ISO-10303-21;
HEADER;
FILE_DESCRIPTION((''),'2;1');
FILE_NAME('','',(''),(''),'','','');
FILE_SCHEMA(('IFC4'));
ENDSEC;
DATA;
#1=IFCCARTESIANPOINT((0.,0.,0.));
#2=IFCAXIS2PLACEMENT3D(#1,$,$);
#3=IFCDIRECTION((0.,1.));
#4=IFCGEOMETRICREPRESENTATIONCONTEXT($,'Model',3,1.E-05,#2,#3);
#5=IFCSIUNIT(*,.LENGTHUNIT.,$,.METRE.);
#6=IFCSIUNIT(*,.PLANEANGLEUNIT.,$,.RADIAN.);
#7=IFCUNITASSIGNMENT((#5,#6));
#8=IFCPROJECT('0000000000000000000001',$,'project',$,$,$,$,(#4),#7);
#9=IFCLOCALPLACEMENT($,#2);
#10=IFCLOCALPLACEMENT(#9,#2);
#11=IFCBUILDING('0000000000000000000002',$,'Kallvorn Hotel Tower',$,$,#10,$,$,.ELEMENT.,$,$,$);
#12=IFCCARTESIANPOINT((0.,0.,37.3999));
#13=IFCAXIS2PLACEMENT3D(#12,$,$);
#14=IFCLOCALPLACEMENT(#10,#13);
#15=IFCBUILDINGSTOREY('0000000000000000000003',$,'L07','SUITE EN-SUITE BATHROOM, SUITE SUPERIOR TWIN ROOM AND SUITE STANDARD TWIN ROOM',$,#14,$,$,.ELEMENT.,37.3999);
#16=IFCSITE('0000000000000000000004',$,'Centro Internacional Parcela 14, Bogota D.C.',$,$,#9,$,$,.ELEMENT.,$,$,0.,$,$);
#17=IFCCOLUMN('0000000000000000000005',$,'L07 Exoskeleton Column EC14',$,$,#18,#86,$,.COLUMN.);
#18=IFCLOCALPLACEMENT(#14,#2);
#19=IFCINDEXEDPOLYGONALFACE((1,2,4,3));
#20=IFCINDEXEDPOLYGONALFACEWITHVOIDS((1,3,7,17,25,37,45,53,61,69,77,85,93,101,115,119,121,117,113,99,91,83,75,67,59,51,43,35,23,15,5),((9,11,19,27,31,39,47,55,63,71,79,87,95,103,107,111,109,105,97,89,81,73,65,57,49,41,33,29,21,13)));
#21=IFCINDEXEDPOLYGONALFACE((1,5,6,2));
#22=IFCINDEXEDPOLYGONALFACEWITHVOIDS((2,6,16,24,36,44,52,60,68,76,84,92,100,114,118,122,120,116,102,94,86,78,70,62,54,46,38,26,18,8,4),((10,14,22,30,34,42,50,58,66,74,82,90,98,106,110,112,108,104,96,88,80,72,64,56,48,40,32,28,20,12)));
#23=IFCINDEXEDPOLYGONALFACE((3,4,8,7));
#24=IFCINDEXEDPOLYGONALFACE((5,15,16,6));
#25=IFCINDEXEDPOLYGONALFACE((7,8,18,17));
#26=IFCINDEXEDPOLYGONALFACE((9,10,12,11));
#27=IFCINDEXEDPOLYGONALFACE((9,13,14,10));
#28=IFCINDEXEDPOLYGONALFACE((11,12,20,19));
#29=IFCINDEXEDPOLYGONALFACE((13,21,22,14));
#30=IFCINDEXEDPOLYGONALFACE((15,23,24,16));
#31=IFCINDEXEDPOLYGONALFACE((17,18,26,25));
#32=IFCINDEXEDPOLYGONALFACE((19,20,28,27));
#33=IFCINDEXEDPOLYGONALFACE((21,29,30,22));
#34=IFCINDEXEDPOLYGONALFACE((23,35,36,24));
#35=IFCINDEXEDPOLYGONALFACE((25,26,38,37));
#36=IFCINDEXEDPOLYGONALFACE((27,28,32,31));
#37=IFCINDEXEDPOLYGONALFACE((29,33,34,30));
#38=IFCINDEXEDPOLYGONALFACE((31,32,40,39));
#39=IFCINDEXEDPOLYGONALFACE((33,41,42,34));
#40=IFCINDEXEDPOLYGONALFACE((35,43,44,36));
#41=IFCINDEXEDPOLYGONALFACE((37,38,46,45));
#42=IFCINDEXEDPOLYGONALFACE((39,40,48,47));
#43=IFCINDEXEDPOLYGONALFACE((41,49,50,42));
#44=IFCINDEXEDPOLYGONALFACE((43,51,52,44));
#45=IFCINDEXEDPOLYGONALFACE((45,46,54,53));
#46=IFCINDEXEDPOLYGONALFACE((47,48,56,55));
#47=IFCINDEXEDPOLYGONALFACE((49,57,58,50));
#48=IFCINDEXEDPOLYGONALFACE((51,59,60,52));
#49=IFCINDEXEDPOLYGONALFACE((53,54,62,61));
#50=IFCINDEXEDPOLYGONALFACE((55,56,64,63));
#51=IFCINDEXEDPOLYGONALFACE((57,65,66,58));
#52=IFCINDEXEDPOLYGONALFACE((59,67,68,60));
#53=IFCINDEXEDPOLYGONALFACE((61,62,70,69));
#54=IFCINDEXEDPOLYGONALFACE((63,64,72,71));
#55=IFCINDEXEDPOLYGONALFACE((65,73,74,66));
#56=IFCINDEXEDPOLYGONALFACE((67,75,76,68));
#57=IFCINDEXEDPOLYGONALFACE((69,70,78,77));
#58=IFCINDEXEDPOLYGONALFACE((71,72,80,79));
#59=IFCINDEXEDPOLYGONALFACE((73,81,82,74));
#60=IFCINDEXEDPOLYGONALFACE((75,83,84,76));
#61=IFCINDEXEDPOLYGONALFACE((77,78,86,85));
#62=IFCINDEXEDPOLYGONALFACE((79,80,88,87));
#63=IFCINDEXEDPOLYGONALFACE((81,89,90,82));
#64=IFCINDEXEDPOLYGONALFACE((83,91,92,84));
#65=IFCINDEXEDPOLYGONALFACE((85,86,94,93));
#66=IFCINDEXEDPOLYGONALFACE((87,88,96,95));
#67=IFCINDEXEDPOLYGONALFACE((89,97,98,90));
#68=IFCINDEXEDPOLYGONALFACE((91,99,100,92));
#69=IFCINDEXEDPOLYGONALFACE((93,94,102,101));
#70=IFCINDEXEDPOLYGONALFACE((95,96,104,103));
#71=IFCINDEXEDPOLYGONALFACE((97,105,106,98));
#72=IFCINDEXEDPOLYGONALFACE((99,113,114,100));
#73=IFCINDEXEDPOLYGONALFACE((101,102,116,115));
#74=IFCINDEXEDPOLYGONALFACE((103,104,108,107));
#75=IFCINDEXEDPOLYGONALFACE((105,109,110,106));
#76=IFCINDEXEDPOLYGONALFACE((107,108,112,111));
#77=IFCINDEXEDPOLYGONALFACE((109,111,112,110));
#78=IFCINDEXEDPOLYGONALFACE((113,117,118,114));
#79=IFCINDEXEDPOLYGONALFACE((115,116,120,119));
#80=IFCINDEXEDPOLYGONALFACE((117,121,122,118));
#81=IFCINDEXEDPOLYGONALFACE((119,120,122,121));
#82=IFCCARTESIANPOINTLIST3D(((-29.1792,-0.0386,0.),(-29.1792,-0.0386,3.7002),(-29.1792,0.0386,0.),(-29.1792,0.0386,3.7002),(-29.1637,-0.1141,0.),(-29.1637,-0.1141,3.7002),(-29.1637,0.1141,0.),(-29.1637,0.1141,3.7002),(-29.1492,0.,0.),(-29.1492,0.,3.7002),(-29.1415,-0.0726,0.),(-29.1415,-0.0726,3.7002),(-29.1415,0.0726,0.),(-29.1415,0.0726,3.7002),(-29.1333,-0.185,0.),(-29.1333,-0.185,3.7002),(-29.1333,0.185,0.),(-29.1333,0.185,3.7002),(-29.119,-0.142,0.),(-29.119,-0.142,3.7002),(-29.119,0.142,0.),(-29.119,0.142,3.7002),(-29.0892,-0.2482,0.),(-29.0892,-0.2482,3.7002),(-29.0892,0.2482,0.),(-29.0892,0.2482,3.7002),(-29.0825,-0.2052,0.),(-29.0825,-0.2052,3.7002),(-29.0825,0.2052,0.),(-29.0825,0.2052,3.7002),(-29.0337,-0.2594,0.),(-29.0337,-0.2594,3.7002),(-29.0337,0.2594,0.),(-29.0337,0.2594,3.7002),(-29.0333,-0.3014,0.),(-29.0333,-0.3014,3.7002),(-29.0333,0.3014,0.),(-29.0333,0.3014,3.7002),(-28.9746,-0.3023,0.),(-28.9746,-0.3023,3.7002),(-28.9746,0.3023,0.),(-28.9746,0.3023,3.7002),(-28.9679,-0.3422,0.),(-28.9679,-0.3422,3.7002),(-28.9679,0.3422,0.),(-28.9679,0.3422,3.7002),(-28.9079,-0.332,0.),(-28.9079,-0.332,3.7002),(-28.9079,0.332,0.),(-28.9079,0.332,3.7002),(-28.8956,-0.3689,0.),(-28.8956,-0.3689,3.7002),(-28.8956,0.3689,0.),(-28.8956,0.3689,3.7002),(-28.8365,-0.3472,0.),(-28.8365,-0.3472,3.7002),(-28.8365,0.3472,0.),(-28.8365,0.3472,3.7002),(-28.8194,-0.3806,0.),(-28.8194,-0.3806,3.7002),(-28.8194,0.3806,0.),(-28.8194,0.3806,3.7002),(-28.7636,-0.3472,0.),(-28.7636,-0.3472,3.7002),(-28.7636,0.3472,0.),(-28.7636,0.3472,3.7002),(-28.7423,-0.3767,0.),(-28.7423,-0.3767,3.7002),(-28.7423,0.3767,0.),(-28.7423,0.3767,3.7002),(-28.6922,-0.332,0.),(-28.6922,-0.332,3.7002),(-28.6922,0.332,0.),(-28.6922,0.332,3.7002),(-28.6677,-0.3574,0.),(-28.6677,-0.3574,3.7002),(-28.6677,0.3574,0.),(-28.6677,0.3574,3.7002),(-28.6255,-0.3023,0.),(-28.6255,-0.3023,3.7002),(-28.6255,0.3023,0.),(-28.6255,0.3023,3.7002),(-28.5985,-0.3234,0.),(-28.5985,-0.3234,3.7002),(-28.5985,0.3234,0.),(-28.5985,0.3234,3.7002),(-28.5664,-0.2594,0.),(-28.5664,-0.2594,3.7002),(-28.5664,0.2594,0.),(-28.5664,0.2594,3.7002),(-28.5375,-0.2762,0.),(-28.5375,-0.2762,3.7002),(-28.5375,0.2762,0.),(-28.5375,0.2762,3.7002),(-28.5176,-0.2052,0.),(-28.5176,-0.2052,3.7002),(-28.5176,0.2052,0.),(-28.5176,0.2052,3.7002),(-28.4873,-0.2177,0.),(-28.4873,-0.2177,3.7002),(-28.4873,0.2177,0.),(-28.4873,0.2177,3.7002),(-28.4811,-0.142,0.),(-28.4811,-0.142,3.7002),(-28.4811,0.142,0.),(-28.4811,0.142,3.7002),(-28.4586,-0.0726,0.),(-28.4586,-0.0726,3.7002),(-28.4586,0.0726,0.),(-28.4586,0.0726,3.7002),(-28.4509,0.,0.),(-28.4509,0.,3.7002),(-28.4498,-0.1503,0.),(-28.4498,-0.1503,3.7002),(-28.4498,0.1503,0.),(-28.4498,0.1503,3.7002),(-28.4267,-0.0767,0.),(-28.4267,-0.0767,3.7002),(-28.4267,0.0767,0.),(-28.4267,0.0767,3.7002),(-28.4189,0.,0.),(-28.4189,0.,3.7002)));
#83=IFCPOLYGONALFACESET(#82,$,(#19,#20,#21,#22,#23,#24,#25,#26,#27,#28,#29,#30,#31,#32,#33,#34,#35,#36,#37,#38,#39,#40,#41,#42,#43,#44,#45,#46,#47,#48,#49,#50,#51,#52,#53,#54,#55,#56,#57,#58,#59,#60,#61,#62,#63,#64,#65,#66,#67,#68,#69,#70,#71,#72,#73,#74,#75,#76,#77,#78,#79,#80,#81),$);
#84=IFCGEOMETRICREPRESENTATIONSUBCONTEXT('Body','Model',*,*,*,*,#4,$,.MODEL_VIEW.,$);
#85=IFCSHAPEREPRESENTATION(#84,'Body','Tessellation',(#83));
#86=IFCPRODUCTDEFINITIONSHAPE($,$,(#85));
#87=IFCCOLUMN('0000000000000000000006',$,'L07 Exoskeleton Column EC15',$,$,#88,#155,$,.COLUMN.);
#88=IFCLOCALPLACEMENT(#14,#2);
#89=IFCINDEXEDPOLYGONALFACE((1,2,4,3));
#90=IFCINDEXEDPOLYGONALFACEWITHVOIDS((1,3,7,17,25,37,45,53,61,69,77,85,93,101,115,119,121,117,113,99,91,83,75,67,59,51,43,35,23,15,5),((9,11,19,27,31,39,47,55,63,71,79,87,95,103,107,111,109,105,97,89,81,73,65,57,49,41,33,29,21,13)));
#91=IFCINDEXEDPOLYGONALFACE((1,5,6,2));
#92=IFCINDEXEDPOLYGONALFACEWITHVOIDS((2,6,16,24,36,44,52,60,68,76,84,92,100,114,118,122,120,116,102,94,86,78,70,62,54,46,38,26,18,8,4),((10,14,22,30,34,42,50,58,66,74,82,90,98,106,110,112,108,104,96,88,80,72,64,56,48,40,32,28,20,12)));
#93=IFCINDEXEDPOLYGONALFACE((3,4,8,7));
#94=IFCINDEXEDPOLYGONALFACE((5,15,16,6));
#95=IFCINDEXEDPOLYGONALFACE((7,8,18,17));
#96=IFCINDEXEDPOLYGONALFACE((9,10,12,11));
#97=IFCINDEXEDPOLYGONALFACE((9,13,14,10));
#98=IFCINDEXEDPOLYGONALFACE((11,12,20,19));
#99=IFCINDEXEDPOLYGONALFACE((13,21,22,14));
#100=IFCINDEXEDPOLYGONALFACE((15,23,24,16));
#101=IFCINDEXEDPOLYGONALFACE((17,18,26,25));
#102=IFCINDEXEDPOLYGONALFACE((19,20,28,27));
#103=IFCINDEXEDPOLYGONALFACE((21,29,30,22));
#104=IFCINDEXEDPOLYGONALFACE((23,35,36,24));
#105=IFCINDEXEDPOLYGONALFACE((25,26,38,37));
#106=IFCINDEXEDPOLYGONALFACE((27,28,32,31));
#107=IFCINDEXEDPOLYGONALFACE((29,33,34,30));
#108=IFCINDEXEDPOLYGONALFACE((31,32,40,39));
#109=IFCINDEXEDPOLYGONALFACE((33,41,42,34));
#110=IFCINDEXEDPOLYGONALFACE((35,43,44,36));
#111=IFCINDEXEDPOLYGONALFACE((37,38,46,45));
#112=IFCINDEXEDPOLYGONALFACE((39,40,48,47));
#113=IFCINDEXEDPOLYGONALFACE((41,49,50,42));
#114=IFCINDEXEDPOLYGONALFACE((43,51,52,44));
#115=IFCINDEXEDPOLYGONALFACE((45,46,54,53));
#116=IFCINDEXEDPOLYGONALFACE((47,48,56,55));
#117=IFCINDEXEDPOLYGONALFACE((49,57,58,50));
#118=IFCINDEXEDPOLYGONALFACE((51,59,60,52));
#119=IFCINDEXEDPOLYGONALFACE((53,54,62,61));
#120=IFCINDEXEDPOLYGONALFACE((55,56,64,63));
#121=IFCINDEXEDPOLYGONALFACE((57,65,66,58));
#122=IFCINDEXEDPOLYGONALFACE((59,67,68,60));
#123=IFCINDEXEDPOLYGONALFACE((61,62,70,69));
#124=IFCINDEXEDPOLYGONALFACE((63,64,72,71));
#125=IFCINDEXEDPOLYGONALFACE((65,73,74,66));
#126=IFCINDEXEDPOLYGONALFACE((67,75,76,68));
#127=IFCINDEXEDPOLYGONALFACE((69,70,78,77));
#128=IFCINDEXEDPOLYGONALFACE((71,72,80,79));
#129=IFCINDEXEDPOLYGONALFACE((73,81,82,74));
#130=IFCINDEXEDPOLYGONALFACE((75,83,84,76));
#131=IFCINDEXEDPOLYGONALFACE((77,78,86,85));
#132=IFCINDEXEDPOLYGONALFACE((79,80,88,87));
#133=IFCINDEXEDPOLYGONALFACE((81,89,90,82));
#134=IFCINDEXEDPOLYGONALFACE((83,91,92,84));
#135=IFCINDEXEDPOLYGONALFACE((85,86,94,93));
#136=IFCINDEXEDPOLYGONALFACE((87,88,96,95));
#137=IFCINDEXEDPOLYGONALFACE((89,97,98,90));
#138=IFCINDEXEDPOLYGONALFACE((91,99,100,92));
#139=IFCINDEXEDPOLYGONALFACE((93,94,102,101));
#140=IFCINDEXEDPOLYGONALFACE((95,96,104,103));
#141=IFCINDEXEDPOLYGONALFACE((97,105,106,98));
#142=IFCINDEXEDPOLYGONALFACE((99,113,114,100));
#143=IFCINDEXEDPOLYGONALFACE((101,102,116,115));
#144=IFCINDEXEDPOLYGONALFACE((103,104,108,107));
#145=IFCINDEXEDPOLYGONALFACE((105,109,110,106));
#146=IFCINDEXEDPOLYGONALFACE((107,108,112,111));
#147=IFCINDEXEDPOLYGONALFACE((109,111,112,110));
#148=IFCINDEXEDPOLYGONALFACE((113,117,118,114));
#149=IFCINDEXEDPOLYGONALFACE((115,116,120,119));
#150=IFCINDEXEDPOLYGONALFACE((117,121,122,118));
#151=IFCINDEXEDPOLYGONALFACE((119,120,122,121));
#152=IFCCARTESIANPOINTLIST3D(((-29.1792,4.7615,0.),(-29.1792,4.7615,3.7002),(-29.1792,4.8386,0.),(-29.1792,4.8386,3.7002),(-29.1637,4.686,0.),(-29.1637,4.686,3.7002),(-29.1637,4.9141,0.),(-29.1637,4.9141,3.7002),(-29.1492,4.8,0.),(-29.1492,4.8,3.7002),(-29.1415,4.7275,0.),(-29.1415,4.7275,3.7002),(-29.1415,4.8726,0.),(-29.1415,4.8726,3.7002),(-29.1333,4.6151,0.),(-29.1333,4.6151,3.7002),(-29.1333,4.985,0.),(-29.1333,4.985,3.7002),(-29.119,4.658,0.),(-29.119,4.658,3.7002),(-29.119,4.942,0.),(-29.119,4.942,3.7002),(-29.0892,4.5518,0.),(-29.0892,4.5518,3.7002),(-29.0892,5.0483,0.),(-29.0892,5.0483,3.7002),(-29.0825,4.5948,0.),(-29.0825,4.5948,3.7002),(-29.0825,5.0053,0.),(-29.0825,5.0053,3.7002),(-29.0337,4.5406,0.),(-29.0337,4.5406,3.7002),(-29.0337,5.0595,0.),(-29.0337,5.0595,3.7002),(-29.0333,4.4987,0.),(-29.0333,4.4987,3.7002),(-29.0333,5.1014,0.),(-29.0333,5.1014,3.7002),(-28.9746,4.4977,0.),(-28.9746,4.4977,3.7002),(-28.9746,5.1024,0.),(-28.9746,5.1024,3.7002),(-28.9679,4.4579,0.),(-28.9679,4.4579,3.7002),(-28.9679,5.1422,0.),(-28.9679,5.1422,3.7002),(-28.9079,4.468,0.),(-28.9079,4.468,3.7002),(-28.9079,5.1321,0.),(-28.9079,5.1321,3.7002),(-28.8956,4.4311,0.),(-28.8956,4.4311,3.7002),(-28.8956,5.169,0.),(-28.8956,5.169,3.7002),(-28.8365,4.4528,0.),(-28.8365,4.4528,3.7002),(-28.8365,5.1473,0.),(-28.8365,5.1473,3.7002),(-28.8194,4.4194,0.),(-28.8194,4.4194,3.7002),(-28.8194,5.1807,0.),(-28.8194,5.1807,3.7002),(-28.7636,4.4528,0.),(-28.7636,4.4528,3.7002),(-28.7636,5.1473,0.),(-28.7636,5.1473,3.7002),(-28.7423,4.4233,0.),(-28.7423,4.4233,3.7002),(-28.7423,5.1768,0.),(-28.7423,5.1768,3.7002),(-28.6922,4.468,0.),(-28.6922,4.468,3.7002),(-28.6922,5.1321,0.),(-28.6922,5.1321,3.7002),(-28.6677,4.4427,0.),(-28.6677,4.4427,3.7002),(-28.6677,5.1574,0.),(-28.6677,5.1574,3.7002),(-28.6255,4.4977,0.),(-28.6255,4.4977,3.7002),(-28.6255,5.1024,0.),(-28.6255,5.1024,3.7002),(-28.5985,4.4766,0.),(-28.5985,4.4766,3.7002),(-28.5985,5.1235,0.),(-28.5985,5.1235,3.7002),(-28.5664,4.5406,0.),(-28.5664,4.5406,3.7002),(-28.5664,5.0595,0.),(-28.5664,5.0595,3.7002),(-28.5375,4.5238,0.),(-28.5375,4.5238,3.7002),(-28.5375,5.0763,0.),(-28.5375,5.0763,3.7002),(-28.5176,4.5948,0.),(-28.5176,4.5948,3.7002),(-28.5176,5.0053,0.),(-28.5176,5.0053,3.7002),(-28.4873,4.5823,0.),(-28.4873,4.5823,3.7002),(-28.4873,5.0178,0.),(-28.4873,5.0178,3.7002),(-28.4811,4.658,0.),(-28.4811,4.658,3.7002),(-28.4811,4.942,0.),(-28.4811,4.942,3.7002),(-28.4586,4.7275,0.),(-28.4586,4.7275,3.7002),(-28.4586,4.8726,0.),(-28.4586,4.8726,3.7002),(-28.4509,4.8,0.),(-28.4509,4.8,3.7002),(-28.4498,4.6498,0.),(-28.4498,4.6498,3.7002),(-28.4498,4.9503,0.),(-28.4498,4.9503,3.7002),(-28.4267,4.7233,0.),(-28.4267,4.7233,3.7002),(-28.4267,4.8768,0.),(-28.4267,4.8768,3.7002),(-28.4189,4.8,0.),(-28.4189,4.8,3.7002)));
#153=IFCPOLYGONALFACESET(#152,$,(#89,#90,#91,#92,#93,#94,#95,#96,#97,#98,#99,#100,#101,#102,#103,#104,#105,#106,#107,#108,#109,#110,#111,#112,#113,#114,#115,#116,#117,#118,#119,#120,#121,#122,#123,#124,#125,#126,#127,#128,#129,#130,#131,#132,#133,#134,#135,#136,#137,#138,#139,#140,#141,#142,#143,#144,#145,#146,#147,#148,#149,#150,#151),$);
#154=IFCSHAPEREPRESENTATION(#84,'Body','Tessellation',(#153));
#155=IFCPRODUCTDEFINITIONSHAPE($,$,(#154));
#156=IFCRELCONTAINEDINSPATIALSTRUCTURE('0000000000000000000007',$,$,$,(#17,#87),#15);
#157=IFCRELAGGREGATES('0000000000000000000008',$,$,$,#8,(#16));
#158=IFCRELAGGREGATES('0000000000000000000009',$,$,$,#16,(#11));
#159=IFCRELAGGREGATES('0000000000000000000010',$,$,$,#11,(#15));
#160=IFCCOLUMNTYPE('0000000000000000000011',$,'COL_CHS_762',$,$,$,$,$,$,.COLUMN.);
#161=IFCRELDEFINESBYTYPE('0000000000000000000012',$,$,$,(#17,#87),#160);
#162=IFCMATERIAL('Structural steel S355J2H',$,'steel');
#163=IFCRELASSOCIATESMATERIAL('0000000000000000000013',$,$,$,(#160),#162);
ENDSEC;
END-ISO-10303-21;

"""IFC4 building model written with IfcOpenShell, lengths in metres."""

from ifc_helpers import new_model, si_unit, direction, frame, origin, origin_2d, place, context, subcontext, project, spatial, hollow_circle, extrude, material, material_profile, profile_set, type_object, element, save


model = new_model("IFC4")

# Units and contexts
model_context = context("Model", 3, precision=1e-05, world=origin(), true_north=direction((0.0, 1.0)))
body_context = subcontext(model_context, "Body", "Model", "MODEL_VIEW")
ifc_project = project(units=[si_unit("LENGTHUNIT", "METRE"), si_unit("PLANEANGLEUNIT", "RADIAN")], contexts=[model_context])

# Site, building, storey
site_placement = place(None, origin())
site = spatial("IfcSite", under=ifc_project, at=site_placement, Name="Centro Internacional Parcela 14, Bogota D.C.", CompositionType="ELEMENT", RefElevation=0.0)
building_placement = place(site_placement, origin())
building = spatial("IfcBuilding", under=site, at=building_placement, Name="Kallvorn Hotel Tower", CompositionType="ELEMENT")
storey_placement = place(building_placement, frame((0.0, 0.0, 37.3999)))
storey = spatial("IfcBuildingStorey", under=building, at=storey_placement, Name="L07", Description="SUITE EN-SUITE BATHROOM, SUITE SUPERIOR TWIN ROOM AND SUITE STANDARD TWIN ROOM", CompositionType="ELEMENT", Elevation=37.3999)

# Columns
ifc_material_1 = material(Name="Structural steel S355J2H", Category="steel")
ifc_material_profile_1 = material_profile(ifc_material_1, hollow_circle(Radius=0.3811, WallThickness=0.032, at=origin_2d()), Name="CHS 762x32")
ifc_profile_set_1 = profile_set([ifc_material_profile_1], Name="Structural steel S355J2H")
column_type_1 = type_object("IfcColumnType", Name="COL_CHS_762", PredefinedType="COLUMN", material=ifc_profile_set_1)
for number, where, z_axis, x_axis, name in (
    (1, (-28.8, 0.0, 0.0), (0.0, 0.0, 1.0), (1.0, 0.0, 0.0), "L07 Exoskeleton Column EC14"),
    (2, (-28.8, 4.8, 0.0), (0.0, 0.0, 1.0), (1.0, 0.0, 0.0), "L07 Exoskeleton Column EC15"),
):
    element("IfcColumn", number, at=place(storey_placement, frame(where, z_axis=z_axis, x_axis=x_axis)), inside=storey, type_object=column_type_1, Name=name, PredefinedType="COLUMN", context=body_context, shape_type="SweptSolid", body=[
        extrude(hollow_circle(Radius=0.3811, WallThickness=0.032, at=origin_2d()), origin(), (0.0, 0.0, 1.0), 3.7002),
    ])

save(model, "model.ifc")
